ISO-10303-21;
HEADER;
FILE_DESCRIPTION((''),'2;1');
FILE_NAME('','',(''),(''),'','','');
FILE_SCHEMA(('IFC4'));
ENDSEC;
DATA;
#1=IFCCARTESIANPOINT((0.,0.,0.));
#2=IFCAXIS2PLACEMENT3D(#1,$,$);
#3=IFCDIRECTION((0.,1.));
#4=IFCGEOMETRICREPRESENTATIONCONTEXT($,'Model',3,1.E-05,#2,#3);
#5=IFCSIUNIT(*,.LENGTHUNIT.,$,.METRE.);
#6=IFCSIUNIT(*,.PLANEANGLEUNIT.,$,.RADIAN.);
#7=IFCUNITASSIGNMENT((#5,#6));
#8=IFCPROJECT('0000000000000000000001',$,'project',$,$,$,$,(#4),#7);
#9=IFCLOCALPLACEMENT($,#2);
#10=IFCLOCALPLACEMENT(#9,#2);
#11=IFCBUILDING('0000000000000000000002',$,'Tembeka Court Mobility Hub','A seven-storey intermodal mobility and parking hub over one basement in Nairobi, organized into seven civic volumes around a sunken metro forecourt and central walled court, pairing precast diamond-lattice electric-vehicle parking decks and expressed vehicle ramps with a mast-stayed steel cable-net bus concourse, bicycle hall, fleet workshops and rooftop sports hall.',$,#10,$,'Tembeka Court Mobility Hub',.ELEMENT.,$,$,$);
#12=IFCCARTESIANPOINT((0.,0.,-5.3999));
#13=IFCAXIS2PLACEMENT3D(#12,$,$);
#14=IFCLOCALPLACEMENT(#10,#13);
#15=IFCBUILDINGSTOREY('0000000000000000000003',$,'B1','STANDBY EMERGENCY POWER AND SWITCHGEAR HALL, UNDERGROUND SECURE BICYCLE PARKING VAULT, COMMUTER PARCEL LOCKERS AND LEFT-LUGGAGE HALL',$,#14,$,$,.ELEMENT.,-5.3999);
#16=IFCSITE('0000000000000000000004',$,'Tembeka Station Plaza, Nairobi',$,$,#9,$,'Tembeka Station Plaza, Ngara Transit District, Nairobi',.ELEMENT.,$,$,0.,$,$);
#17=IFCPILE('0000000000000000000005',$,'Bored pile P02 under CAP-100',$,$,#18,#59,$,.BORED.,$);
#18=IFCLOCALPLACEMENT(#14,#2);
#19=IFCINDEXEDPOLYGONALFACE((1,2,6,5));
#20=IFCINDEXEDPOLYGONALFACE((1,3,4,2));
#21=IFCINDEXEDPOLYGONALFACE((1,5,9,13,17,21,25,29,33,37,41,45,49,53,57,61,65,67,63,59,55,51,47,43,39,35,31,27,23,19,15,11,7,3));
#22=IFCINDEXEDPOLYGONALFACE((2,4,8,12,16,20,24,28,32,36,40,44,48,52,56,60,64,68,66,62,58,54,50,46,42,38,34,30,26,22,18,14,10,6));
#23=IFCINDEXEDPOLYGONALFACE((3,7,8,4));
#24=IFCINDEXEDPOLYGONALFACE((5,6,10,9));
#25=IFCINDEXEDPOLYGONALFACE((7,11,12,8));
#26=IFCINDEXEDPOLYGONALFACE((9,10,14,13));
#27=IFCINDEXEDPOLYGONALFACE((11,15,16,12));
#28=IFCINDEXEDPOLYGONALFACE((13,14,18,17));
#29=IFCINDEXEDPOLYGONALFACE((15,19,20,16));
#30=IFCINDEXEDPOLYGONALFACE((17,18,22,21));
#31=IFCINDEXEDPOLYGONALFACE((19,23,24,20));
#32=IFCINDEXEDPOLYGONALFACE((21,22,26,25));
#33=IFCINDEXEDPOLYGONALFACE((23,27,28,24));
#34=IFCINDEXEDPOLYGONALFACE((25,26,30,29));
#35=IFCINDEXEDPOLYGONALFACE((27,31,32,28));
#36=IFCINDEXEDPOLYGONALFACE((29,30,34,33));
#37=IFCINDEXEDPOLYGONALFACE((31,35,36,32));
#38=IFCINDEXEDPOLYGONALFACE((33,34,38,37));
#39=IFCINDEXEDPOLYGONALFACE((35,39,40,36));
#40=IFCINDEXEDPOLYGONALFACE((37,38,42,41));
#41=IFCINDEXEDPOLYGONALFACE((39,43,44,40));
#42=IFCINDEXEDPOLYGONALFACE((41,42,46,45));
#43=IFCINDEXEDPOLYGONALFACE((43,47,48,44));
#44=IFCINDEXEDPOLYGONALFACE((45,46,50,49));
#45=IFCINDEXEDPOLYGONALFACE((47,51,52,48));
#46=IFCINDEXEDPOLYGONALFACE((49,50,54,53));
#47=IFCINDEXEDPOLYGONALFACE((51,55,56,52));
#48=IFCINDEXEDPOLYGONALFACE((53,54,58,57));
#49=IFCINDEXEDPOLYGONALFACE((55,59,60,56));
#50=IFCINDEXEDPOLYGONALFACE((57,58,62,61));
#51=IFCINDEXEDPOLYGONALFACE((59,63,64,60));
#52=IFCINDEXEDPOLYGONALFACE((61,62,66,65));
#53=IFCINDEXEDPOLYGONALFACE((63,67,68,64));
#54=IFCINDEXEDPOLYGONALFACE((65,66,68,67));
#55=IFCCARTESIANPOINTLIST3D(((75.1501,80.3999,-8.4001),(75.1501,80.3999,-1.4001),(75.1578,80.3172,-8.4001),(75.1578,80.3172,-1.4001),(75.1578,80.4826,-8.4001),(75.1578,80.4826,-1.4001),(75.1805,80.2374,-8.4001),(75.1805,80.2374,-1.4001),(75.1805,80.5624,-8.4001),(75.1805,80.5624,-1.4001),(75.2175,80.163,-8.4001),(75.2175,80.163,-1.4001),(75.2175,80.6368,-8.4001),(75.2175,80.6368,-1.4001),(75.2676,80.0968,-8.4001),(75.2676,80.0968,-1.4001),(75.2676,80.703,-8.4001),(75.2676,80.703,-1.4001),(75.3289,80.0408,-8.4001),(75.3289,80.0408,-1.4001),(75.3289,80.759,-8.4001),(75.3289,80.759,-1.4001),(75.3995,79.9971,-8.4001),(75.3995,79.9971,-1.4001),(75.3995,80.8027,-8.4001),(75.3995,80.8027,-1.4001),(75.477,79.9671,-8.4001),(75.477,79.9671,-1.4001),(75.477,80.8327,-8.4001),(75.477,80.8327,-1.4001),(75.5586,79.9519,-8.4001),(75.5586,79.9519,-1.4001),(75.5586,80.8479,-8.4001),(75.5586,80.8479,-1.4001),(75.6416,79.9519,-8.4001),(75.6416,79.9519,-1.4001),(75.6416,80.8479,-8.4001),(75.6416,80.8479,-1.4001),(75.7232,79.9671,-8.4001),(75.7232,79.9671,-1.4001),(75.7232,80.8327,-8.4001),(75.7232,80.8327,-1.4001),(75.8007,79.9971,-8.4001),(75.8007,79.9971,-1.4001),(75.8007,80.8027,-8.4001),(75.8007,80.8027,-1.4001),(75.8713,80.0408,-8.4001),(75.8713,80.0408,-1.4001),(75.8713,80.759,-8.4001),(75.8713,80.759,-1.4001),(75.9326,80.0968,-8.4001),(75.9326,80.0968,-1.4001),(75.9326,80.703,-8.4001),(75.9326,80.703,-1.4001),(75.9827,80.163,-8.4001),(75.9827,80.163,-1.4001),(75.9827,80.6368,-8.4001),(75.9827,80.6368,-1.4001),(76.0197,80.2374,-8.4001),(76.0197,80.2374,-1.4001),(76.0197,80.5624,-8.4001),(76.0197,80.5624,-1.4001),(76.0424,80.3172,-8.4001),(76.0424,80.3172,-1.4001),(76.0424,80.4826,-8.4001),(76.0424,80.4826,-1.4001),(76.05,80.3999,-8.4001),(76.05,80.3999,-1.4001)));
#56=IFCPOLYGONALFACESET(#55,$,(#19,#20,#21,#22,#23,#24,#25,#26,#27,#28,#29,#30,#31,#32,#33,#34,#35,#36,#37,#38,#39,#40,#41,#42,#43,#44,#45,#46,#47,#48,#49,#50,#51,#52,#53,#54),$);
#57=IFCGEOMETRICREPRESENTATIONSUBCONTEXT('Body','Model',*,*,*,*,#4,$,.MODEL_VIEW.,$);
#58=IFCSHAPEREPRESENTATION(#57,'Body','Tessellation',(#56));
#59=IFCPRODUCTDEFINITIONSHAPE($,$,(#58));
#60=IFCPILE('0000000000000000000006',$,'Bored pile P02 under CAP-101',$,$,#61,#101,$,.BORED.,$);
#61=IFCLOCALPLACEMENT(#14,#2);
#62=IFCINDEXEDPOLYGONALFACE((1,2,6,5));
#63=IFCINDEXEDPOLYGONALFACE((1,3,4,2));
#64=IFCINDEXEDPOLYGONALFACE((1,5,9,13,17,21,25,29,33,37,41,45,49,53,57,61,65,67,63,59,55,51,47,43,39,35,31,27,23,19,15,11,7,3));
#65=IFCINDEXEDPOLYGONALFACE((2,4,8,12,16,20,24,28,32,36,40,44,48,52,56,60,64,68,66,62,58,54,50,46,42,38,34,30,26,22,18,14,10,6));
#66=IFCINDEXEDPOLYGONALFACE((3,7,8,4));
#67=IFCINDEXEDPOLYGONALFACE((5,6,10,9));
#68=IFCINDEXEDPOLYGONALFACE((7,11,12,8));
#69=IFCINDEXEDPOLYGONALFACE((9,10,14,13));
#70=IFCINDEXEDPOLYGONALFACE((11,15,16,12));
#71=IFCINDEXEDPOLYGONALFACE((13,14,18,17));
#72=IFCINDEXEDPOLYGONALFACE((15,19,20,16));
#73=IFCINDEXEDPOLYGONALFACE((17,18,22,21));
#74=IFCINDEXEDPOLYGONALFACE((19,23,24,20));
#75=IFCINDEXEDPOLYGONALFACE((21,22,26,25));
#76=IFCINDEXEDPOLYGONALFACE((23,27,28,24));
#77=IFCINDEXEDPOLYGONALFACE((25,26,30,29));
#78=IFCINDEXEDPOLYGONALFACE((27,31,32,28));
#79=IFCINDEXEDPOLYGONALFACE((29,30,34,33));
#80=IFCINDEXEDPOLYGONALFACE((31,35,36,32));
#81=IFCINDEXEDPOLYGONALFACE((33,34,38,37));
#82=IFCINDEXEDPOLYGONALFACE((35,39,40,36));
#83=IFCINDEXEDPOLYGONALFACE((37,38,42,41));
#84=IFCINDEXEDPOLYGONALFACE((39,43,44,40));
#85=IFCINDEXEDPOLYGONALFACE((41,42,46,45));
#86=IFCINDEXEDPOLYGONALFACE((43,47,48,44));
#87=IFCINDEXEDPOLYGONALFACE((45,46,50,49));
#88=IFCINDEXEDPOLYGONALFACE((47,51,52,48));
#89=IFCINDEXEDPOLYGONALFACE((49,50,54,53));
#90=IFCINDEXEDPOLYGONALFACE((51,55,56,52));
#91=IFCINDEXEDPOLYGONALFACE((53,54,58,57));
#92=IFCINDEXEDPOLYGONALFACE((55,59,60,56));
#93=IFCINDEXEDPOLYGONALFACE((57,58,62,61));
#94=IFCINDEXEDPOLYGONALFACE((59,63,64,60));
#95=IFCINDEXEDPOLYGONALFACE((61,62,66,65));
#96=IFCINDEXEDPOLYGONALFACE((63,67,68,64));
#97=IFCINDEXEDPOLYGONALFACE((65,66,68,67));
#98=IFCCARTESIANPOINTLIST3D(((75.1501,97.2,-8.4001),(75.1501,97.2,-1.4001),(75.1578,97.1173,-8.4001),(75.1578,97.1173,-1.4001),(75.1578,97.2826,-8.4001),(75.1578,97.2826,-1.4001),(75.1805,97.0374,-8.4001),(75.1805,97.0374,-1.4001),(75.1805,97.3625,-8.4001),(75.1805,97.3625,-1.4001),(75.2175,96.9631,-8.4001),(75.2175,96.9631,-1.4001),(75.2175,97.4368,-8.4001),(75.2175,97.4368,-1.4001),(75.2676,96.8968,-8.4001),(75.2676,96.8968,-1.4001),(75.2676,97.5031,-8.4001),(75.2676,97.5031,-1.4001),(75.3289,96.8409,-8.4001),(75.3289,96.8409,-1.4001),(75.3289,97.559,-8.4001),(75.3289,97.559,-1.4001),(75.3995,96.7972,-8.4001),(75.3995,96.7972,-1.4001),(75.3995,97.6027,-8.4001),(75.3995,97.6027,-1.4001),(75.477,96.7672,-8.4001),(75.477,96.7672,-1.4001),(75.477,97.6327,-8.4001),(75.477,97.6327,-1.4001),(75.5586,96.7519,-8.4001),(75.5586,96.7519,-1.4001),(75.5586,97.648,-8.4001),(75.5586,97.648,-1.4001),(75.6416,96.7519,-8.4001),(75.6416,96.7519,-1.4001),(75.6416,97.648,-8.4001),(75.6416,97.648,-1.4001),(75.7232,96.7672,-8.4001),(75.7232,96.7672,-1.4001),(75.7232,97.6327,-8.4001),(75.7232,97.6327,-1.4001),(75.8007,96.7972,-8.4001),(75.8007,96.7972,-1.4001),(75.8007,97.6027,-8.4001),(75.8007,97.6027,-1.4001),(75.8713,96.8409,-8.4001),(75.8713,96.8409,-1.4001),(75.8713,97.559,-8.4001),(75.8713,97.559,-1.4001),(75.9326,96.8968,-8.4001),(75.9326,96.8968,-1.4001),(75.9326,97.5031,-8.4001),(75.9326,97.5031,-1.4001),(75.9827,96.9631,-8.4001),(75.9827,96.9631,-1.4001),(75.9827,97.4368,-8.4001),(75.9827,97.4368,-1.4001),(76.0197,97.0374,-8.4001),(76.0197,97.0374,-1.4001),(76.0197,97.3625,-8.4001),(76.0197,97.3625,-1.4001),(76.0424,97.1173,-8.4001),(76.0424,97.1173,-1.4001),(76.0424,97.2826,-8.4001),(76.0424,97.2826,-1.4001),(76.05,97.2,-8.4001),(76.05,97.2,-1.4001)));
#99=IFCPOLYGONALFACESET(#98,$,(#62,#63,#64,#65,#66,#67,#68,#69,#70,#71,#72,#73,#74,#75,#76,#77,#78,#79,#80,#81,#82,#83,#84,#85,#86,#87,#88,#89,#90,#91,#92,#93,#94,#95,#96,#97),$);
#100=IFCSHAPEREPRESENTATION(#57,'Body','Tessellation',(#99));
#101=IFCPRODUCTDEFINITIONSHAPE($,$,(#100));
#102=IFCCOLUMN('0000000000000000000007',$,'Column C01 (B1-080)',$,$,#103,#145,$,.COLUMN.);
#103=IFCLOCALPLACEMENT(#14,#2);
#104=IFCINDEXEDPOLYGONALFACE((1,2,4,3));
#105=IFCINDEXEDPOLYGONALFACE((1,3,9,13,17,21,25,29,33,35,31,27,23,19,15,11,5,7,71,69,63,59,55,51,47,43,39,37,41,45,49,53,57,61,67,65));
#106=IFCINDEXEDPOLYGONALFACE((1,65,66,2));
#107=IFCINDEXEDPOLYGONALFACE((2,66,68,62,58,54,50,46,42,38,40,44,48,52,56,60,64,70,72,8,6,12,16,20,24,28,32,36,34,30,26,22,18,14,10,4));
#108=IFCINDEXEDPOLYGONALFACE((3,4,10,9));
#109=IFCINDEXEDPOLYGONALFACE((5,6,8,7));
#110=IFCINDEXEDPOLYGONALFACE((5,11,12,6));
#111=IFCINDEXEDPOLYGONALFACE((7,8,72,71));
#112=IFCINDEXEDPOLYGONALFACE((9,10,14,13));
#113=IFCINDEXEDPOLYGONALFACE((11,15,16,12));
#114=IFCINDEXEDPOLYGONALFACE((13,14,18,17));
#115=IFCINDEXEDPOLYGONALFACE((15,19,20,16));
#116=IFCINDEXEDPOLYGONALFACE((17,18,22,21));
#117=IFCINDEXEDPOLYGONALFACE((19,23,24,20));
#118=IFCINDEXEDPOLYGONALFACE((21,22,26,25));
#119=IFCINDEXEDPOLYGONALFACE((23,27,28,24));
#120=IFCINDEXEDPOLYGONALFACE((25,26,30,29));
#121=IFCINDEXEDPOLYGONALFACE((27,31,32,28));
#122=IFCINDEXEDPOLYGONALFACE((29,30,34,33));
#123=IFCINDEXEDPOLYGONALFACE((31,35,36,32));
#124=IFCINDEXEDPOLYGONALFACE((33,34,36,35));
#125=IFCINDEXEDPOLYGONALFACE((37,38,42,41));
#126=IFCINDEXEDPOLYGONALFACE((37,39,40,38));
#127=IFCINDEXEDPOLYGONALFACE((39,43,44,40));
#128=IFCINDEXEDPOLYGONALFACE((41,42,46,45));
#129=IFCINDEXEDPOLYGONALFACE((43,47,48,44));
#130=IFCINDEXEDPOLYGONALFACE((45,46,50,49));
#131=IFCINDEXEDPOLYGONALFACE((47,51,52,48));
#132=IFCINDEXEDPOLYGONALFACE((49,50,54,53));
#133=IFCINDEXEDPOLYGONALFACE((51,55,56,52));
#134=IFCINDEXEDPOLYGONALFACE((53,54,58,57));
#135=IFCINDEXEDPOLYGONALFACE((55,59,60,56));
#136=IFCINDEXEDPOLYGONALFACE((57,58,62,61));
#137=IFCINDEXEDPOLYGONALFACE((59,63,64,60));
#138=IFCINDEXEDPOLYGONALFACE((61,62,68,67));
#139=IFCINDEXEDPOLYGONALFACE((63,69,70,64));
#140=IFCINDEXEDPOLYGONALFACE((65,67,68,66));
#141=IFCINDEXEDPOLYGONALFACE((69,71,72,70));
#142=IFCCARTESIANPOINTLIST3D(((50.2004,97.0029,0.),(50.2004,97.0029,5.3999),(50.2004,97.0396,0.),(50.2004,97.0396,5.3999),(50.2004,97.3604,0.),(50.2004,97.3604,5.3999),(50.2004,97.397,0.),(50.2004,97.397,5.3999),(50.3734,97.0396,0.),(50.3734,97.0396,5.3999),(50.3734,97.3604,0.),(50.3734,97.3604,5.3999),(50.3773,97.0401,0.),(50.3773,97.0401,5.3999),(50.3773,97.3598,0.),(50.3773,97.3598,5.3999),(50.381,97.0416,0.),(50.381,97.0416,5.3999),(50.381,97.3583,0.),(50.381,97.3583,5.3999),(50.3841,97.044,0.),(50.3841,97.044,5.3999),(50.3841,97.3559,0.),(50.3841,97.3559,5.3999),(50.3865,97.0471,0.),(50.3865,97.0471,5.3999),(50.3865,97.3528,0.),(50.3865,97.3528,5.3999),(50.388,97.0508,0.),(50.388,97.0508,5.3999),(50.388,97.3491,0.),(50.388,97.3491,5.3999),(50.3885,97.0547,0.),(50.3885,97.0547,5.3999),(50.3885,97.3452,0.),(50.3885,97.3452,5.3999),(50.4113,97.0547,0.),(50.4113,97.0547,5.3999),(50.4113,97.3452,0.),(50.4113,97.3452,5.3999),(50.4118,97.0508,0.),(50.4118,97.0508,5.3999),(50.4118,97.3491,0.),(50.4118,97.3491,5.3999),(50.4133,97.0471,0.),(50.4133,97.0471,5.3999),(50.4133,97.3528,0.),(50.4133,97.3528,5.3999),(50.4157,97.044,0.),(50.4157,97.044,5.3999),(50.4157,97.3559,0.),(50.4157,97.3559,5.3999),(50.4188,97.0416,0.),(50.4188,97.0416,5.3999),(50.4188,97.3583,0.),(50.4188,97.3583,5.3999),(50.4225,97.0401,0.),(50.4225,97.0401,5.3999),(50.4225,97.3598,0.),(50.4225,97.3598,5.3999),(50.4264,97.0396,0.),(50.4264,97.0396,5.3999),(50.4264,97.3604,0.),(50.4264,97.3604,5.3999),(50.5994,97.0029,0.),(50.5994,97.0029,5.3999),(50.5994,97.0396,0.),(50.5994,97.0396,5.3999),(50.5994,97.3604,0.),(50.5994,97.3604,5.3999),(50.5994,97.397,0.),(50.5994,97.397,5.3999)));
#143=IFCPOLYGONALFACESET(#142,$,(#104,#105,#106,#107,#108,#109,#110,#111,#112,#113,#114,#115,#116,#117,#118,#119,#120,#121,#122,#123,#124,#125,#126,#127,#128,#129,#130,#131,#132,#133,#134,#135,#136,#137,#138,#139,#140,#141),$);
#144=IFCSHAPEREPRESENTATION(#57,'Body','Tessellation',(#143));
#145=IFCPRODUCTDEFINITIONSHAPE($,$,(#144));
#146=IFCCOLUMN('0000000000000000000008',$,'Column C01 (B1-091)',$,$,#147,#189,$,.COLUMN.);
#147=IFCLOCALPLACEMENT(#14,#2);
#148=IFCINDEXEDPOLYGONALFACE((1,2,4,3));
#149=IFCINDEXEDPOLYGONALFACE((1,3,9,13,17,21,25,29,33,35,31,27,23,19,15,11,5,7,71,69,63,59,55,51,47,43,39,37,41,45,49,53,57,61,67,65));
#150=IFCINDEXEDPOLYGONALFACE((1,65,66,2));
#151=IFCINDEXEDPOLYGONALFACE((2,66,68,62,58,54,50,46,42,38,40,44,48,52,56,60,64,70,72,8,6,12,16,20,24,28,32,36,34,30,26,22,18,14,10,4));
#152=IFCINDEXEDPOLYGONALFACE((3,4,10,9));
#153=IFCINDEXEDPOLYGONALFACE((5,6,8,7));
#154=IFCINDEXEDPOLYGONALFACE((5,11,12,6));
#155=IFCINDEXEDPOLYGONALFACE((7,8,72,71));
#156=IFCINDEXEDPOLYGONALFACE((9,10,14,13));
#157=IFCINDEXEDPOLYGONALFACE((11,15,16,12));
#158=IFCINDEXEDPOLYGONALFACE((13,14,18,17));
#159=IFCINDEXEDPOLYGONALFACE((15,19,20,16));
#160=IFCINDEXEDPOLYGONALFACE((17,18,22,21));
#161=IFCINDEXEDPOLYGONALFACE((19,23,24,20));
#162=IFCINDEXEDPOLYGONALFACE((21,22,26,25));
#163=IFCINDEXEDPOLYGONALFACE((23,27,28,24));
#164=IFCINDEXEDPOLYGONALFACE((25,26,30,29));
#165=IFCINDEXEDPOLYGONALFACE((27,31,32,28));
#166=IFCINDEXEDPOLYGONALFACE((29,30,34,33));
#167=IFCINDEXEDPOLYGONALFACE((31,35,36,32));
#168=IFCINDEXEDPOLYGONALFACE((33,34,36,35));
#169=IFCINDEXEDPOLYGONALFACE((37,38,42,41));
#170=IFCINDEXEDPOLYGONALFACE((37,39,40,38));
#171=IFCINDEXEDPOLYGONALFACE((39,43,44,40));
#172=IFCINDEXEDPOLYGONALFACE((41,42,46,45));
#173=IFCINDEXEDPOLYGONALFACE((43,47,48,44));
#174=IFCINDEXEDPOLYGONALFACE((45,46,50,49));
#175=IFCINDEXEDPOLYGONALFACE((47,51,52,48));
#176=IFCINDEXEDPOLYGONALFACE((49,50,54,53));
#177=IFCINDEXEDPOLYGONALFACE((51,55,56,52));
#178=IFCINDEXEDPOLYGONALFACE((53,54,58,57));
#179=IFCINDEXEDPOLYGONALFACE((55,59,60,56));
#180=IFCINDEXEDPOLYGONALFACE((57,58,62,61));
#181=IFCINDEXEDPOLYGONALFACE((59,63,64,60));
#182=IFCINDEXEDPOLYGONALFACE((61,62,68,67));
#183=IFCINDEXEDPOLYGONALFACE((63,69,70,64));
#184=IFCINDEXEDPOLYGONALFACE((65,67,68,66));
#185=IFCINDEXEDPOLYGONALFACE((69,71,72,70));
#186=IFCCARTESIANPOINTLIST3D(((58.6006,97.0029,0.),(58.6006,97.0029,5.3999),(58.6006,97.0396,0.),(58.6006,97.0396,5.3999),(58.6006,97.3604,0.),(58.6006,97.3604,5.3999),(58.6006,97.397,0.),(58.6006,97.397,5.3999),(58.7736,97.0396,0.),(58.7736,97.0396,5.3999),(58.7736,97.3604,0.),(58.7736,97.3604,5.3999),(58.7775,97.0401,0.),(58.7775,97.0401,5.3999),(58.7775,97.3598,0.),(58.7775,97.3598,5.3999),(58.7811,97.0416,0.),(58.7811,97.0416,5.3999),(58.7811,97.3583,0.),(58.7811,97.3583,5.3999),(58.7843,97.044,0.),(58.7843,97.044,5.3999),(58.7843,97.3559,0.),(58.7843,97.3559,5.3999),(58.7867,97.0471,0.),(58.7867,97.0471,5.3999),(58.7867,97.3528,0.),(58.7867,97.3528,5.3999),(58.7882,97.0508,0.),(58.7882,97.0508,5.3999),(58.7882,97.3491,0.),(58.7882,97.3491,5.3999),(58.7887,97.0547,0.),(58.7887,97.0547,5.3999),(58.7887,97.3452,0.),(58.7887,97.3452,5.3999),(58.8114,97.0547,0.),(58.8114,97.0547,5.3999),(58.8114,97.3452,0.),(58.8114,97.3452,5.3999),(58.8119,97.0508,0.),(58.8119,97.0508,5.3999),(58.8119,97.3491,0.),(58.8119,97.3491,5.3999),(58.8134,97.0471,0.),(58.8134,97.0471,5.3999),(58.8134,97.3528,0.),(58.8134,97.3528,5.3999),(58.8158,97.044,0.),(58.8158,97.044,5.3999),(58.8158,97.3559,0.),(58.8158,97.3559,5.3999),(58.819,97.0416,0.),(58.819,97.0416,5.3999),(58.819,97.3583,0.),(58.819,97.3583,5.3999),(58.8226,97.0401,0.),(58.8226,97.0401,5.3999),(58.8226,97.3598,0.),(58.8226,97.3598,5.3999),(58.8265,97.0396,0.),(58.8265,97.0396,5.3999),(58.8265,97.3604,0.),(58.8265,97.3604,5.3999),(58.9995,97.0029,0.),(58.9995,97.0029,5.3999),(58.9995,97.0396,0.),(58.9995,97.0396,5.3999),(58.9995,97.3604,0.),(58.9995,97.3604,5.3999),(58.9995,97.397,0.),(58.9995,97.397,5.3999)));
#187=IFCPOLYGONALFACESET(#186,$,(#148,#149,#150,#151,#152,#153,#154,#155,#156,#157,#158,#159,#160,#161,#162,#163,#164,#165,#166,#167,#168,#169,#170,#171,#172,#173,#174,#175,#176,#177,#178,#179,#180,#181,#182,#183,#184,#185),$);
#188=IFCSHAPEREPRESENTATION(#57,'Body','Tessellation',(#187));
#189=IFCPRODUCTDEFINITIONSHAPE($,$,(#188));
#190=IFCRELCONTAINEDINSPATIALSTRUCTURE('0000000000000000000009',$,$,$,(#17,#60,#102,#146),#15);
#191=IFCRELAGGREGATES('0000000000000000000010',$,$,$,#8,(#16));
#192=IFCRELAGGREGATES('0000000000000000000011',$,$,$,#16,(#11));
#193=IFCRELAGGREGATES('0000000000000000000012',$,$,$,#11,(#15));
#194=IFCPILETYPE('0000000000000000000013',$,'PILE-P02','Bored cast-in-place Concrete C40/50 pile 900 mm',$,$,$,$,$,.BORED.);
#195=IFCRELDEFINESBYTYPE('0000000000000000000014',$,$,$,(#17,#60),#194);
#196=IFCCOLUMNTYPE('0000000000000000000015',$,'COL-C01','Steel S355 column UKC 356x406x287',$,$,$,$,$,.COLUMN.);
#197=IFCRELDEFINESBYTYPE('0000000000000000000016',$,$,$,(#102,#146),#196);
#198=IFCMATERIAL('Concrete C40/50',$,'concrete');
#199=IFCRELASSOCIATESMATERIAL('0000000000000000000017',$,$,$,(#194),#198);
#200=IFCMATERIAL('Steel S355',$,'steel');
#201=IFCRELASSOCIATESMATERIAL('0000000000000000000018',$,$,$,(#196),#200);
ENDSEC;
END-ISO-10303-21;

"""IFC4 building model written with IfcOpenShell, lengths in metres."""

from ifc_helpers import new_model, si_unit, direction, frame, origin, origin_2d, place, context, subcontext, project, spatial, circle, i_section, extrude, material, material_profile, profile_set, type_object, element, save


model = new_model("IFC4")

# Units and contexts
model_context = context("Model", 3, precision=1e-05, world=origin(), true_north=direction((0.0, 1.0)))
body_context = subcontext(model_context, "Body", "Model", "MODEL_VIEW")
ifc_project = project(units=[si_unit("LENGTHUNIT", "METRE"), si_unit("PLANEANGLEUNIT", "RADIAN")], contexts=[model_context])

# Site, building, storey
site_placement = place(None, origin())
site = spatial("IfcSite", under=ifc_project, at=site_placement, Name="Tembeka Station Plaza, Nairobi", LongName="Tembeka Station Plaza, Ngara Transit District, Nairobi", CompositionType="ELEMENT", RefElevation=0.0)
building_placement = place(site_placement, origin())
building = spatial("IfcBuilding", under=site, at=building_placement, Name="Tembeka Court Mobility Hub", Description="A seven-storey intermodal mobility and parking hub over one basement in Nairobi, organized into seven civic volumes around a sunken metro forecourt and central walled court, pairing precast diamond-lattice electric-vehicle parking decks and expressed vehicle ramps with a mast-stayed steel cable-net bus concourse, bicycle hall, fleet workshops and rooftop sports hall.", LongName="Tembeka Court Mobility Hub", CompositionType="ELEMENT")
storey_placement = place(building_placement, frame((0.0, 0.0, -5.3999)))
storey = spatial("IfcBuildingStorey", under=building, at=storey_placement, Name="B1", Description="STANDBY EMERGENCY POWER AND SWITCHGEAR HALL, UNDERGROUND SECURE BICYCLE PARKING VAULT, COMMUTER PARCEL LOCKERS AND LEFT-LUGGAGE HALL", CompositionType="ELEMENT", Elevation=-5.3999)

# Shared definitions
ifc_material_1 = material(Name="Concrete C40/50", Category="concrete")

# Piles
ifc_material_profile_1 = material_profile(ifc_material_1, circle(Radius=0.45, at=origin_2d()), Name="PILE D900")
ifc_profile_set_1 = profile_set([ifc_material_profile_1], Name="Concrete C40/50")
pile_type = type_object("IfcPileType", Name="PILE-P02", Description="Bored cast-in-place Concrete C40/50 pile 900 mm", PredefinedType="BORED", material=ifc_profile_set_1)
for number, where, z_axis, x_axis, name in (
    (1, (75.6001, 80.3999, -1.4001), (0.0, 0.0, -1.0), (1.0, 0.0, 0.0), "Bored pile P02 under CAP-100"),
    (2, (75.6001, 97.2, -1.4001), (0.0, 0.0, -1.0), (1.0, 0.0, 0.0), "Bored pile P02 under CAP-101"),
):
    element("IfcPile", number, at=place(storey_placement, frame(where, z_axis=z_axis, x_axis=x_axis)), inside=storey, type_object=pile_type, Name=name, PredefinedType="BORED", context=body_context, shape_type="SweptSolid", body=[
        extrude(circle(Radius=0.45, at=origin_2d()), origin(), (0.0, 0.0, 1.0), 7.0),
    ])

# Columns
ifc_material_2 = material(Name="Steel S355", Category="steel")
ifc_material_profile_2 = material_profile(ifc_material_2, i_section(OverallWidth=0.3989, OverallDepth=0.394, WebThickness=0.0227, FlangeThickness=0.0366, FilletRadius=0.0151, at=origin_2d()), Name="UKC 356x406x287")
ifc_profile_set_2 = profile_set([ifc_material_profile_2], Name="Steel S355")
column_type = type_object("IfcColumnType", Name="COL-C01", Description="Steel S355 column UKC 356x406x287", PredefinedType="COLUMN", material=ifc_profile_set_2)
for number, where, z_axis, x_axis, name in (
    (3, (50.3999, 97.2, 0.0), (0.0, 0.0, 1.0), (1.0, 0.0, 0.0), "Column C01 (B1-080)"),
    (4, (58.8, 97.2, 0.0), (0.0, 0.0, 1.0), (1.0, 0.0, 0.0), "Column C01 (B1-091)"),
):
    element("IfcColumn", number, at=place(storey_placement, frame(where, z_axis=z_axis, x_axis=x_axis)), inside=storey, type_object=column_type, Name=name, PredefinedType="COLUMN", context=body_context, shape_type="SweptSolid", body=[
        extrude(i_section(OverallWidth=0.3989, OverallDepth=0.394, WebThickness=0.0227, FlangeThickness=0.0366, FilletRadius=0.0151, at=origin_2d()), origin(), (0.0, 0.0, 1.0), 5.3999),
    ])

save(model, "model.ifc")
